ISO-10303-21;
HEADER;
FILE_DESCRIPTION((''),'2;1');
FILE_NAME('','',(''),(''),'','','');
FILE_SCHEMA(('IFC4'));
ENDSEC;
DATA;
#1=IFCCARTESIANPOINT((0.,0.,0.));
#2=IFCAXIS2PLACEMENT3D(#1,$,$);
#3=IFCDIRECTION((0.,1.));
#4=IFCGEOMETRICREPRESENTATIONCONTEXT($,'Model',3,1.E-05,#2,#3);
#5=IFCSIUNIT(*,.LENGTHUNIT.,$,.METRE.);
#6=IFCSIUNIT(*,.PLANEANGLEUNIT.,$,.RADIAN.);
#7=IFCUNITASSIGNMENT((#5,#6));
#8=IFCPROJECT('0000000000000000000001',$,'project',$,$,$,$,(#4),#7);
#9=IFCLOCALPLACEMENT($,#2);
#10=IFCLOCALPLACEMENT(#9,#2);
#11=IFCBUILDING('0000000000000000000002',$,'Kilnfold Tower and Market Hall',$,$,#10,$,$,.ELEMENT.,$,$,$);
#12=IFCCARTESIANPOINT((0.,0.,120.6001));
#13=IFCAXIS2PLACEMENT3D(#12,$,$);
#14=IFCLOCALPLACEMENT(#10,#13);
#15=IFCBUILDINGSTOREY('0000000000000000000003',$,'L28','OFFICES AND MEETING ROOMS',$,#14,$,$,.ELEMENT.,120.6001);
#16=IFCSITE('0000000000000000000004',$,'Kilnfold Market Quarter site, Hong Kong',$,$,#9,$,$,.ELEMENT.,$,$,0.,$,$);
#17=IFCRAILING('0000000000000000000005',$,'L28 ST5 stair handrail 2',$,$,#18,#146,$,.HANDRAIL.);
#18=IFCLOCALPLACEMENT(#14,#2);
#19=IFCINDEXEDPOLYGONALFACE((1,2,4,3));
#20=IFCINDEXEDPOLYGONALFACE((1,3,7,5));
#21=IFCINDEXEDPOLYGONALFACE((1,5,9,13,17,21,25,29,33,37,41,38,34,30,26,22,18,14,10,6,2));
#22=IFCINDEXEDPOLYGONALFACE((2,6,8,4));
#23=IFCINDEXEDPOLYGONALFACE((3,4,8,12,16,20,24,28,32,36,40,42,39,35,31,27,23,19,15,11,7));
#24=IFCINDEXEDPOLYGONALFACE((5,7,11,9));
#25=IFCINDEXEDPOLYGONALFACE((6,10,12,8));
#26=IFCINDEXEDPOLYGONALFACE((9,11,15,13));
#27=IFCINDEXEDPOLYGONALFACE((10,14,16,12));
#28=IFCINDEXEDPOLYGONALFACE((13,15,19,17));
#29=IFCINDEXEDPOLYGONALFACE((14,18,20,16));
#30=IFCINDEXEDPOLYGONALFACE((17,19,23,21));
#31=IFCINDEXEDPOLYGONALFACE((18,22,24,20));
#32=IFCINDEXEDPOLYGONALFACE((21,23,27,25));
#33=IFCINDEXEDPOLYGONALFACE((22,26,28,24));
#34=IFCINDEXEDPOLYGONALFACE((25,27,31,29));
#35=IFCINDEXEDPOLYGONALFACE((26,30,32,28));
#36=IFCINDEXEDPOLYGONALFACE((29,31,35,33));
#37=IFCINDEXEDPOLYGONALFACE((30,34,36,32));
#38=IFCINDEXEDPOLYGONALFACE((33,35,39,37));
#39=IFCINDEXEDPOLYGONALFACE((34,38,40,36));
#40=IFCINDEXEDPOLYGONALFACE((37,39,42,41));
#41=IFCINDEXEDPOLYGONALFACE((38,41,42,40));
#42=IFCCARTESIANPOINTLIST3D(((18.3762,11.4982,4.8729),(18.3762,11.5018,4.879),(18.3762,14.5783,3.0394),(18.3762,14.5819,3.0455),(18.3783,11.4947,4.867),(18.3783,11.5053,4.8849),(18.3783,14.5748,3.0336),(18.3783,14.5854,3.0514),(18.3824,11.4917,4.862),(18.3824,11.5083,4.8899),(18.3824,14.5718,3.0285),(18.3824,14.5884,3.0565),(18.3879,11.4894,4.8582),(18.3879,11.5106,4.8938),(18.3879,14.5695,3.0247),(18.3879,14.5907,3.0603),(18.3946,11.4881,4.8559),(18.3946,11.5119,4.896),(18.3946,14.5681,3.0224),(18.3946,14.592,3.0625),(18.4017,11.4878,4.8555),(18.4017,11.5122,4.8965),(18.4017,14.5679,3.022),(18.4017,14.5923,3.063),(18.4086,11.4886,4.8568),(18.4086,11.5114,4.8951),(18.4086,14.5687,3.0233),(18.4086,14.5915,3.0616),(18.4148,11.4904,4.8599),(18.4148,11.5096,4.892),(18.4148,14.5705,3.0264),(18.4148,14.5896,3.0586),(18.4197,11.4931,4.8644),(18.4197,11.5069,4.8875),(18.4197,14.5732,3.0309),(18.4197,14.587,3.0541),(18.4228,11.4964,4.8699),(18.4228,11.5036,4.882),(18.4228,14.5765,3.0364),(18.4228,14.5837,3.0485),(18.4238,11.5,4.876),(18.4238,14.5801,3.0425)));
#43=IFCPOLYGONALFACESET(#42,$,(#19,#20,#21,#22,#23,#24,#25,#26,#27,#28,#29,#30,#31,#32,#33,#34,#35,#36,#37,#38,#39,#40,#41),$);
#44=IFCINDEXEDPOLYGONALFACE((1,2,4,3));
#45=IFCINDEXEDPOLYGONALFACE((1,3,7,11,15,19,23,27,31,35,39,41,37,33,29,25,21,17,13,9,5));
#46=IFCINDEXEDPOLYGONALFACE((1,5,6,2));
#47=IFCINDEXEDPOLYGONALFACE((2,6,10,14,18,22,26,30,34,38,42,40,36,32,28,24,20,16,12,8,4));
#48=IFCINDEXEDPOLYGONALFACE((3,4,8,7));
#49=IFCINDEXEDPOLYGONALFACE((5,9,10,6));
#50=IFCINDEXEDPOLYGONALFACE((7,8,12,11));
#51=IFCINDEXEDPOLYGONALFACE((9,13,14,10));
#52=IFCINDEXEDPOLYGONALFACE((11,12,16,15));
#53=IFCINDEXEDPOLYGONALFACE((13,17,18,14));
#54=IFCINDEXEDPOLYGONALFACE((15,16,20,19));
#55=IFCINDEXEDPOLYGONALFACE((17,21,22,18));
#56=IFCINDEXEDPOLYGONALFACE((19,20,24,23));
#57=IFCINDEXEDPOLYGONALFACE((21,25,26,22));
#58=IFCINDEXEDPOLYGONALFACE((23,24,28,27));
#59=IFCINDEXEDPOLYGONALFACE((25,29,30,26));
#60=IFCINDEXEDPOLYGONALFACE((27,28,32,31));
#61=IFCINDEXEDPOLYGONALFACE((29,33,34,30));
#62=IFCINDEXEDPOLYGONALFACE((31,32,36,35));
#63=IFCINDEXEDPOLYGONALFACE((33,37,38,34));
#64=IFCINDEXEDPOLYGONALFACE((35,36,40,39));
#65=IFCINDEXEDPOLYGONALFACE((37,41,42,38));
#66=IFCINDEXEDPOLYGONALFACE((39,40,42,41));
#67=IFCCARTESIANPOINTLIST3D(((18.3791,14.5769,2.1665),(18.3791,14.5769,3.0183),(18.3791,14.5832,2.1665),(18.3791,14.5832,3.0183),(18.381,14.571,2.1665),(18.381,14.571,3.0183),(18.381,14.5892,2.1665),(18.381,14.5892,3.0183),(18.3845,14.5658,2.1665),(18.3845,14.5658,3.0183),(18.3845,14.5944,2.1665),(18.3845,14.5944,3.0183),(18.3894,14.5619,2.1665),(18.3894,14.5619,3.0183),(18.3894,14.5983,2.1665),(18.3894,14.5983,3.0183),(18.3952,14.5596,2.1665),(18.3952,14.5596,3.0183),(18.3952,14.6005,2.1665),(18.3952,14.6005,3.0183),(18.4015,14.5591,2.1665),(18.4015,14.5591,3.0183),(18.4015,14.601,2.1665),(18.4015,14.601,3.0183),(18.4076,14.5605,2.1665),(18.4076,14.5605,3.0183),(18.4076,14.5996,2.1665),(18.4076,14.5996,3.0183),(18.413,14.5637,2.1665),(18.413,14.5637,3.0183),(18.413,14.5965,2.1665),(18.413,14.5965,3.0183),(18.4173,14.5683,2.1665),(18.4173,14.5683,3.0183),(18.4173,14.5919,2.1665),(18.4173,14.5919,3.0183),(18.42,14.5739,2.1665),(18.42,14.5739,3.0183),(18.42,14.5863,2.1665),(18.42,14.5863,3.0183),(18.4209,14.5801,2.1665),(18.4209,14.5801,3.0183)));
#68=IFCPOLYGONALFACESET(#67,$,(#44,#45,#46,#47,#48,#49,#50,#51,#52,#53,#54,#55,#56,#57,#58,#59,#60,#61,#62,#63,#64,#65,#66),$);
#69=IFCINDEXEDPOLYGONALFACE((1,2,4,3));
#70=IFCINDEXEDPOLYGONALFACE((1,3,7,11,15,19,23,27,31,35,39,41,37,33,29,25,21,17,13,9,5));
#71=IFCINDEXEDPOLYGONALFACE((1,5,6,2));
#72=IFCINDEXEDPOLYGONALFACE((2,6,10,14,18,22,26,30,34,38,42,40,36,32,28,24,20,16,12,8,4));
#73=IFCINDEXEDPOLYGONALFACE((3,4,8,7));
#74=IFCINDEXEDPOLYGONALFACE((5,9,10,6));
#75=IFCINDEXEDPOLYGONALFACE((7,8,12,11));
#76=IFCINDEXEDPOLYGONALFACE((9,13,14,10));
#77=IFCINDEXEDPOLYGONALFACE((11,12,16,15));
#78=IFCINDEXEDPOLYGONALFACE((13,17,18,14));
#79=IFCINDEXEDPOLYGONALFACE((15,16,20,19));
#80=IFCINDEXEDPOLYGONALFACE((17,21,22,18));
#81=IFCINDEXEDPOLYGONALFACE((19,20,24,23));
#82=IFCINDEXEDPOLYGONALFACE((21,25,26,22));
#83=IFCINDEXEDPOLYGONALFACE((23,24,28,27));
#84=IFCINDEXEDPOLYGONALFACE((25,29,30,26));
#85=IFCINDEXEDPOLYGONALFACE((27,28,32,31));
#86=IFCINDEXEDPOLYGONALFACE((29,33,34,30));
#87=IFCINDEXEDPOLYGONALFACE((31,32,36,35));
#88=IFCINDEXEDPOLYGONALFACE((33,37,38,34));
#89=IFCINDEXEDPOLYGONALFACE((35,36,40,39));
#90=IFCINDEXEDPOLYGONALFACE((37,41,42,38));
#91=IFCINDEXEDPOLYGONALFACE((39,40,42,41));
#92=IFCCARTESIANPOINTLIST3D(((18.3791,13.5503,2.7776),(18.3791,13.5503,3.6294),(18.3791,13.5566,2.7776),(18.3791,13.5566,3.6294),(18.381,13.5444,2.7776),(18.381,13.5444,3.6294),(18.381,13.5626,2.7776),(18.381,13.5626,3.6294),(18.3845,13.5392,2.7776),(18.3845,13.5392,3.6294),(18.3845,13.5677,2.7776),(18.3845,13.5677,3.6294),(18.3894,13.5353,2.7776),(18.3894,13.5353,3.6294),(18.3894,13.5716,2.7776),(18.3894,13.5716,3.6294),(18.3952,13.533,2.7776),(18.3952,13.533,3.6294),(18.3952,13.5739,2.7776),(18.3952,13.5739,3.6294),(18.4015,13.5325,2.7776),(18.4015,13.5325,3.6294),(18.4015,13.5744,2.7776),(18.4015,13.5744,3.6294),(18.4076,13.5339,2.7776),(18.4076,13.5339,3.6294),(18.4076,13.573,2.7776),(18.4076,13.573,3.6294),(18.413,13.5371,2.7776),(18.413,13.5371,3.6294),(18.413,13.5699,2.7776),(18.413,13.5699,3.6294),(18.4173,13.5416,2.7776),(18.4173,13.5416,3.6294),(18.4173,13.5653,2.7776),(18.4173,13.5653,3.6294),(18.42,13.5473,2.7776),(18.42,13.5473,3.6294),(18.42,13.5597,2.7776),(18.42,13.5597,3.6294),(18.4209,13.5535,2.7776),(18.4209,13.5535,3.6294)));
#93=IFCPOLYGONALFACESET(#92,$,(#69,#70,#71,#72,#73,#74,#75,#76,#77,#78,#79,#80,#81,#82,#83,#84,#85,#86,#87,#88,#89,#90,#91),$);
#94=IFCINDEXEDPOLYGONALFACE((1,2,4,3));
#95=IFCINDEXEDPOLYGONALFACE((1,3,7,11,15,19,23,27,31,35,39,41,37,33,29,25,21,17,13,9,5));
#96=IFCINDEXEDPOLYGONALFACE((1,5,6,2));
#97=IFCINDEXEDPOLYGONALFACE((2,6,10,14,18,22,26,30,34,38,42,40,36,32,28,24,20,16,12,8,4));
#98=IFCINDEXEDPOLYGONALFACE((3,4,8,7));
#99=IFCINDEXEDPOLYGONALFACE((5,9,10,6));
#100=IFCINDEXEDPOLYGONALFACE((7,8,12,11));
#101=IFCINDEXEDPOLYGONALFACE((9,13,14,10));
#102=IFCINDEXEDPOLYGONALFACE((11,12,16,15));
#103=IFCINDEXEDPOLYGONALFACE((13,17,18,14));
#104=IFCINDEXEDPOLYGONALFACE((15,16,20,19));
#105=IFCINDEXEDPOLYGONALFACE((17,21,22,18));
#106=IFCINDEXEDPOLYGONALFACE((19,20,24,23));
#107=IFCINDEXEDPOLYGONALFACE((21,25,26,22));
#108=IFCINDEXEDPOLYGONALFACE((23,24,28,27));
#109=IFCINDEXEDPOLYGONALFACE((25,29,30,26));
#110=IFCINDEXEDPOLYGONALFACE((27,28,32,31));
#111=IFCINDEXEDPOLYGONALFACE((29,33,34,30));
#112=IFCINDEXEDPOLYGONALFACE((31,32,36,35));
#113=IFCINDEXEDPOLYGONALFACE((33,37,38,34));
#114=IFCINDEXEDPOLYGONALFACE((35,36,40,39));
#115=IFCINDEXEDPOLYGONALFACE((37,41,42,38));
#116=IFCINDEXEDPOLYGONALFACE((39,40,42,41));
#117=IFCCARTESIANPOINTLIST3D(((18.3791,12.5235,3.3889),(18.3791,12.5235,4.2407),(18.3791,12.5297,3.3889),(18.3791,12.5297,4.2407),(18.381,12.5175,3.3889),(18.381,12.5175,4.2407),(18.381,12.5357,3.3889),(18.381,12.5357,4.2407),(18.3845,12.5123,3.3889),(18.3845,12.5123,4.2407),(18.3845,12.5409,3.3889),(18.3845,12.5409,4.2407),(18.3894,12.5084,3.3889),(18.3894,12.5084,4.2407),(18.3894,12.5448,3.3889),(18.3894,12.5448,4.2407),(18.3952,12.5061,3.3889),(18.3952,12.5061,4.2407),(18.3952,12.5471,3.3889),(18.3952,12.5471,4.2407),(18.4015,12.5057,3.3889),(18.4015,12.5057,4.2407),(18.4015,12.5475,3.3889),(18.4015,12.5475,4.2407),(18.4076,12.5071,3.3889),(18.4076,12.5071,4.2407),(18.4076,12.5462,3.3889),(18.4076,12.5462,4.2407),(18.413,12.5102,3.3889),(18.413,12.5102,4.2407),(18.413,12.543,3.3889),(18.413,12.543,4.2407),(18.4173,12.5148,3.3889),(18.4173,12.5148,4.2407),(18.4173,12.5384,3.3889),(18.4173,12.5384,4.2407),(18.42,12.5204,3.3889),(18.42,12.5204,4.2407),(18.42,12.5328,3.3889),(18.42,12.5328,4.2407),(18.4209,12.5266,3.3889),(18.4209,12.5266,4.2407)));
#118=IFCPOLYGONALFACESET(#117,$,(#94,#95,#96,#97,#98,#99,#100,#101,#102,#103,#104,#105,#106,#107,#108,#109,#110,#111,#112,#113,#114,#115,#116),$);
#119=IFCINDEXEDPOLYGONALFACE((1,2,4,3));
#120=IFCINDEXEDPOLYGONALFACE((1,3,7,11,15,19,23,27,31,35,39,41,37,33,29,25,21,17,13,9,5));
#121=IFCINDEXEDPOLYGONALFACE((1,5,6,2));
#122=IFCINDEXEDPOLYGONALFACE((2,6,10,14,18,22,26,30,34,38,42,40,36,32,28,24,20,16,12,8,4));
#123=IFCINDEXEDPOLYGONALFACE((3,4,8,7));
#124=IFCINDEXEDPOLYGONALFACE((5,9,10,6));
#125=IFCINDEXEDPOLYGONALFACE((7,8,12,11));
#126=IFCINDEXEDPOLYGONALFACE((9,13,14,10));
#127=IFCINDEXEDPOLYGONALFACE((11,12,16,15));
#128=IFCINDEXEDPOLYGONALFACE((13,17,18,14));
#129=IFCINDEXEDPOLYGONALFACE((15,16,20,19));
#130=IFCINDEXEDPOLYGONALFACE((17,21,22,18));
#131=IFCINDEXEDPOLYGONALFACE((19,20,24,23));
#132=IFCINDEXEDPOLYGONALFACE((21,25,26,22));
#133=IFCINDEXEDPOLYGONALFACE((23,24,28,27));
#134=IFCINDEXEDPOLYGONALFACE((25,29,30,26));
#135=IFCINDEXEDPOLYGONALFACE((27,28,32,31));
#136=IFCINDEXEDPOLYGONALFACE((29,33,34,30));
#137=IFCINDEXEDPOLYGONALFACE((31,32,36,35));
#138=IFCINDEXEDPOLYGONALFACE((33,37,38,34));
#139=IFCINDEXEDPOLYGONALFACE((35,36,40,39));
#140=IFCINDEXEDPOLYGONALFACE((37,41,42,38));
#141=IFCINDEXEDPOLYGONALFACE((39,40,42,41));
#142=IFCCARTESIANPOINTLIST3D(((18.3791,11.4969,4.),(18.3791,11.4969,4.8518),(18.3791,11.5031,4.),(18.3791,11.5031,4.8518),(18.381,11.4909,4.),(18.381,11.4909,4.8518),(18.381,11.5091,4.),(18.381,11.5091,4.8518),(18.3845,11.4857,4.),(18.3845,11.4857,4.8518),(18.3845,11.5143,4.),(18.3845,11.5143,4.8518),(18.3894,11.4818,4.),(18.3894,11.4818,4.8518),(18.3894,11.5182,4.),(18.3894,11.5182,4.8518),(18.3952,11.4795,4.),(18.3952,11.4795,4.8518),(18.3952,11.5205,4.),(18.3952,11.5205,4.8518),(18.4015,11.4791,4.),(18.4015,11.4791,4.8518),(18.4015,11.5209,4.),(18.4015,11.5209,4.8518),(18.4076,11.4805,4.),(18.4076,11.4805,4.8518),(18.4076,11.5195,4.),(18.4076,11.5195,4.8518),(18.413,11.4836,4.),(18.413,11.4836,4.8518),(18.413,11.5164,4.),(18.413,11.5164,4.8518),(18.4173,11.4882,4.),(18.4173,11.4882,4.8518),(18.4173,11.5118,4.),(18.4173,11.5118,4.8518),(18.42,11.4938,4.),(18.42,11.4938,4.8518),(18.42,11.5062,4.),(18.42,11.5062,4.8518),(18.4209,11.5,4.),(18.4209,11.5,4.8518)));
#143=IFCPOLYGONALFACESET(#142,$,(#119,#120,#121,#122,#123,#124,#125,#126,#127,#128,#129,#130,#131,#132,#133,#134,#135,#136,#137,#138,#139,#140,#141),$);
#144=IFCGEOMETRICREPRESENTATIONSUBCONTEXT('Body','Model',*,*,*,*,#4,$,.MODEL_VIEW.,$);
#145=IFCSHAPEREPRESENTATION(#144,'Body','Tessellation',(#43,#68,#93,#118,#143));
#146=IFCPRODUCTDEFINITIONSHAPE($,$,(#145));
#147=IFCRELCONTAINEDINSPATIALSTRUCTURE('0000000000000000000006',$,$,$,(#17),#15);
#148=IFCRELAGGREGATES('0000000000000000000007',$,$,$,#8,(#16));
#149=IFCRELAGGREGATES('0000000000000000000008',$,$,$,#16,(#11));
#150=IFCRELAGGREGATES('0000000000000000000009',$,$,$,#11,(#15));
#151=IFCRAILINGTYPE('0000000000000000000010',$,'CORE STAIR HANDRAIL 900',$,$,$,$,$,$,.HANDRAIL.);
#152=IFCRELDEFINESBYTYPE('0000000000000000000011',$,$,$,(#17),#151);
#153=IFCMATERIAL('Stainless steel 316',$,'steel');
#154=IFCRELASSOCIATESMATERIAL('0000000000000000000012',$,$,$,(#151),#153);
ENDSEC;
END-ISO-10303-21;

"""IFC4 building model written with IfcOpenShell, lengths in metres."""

from ifc_helpers import new_model, si_unit, direction, frame, origin, origin_2d, place, context, subcontext, project, spatial, circle, extrude, material, type_object, element, save


model = new_model("IFC4")

# Units and contexts
model_context = context("Model", 3, precision=1e-05, world=origin(), true_north=direction((0.0, 1.0)))
body_context = subcontext(model_context, "Body", "Model", "MODEL_VIEW")
ifc_project = project(units=[si_unit("LENGTHUNIT", "METRE"), si_unit("PLANEANGLEUNIT", "RADIAN")], contexts=[model_context])

# Site, building, storey
site_placement = place(None, origin())
site = spatial("IfcSite", under=ifc_project, at=site_placement, Name="Kilnfold Market Quarter site, Hong Kong", CompositionType="ELEMENT", RefElevation=0.0)
building_placement = place(site_placement, origin())
building = spatial("IfcBuilding", under=site, at=building_placement, Name="Kilnfold Tower and Market Hall", CompositionType="ELEMENT")
storey_placement = place(building_placement, frame((0.0, 0.0, 120.6001)))
storey = spatial("IfcBuildingStorey", under=building, at=storey_placement, Name="L28", Description="OFFICES AND MEETING ROOMS", CompositionType="ELEMENT", Elevation=120.6001)

# Railing
ifc_material_1 = material(Name="Stainless steel 316", Category="steel")
railing_type = type_object("IfcRailingType", Name="CORE STAIR HANDRAIL 900", PredefinedType="HANDRAIL", material=ifc_material_1)
railing_placement = place(storey_placement, frame((18.3999, 14.5801, 2.1665)))
element("IfcRailing", 1, at=railing_placement, inside=storey, type_object=railing_type, Name="L28 ST5 stair handrail 2", PredefinedType="HANDRAIL", context=body_context, shape_type="SweptSolid", body=[
    extrude(circle(Radius=0.0239, at=origin_2d()), frame((0.0, 0.0, 0.876), z_axis=(0.0, -0.859279, 0.511508), x_axis=(1.0, 0.0, 0.0)), (0.0, 0.0, 1.0), 3.5845),
    extrude(circle(Radius=0.021, at=origin_2d()), origin(), (0.0, 0.0, 1.0), 0.8518),
    extrude(circle(Radius=0.021, at=origin_2d()), frame((0.0, -1.0266, 0.6111)), (0.0, 0.0, 1.0), 0.8518),
    extrude(circle(Radius=0.021, at=origin_2d()), frame((0.0, -2.0535, 1.2224)), (0.0, 0.0, 1.0), 0.8518),
    extrude(circle(Radius=0.021, at=origin_2d()), frame((0.0, -3.0801, 1.8335)), (0.0, 0.0, 1.0), 0.8518),
])

save(model, "model.ifc")
